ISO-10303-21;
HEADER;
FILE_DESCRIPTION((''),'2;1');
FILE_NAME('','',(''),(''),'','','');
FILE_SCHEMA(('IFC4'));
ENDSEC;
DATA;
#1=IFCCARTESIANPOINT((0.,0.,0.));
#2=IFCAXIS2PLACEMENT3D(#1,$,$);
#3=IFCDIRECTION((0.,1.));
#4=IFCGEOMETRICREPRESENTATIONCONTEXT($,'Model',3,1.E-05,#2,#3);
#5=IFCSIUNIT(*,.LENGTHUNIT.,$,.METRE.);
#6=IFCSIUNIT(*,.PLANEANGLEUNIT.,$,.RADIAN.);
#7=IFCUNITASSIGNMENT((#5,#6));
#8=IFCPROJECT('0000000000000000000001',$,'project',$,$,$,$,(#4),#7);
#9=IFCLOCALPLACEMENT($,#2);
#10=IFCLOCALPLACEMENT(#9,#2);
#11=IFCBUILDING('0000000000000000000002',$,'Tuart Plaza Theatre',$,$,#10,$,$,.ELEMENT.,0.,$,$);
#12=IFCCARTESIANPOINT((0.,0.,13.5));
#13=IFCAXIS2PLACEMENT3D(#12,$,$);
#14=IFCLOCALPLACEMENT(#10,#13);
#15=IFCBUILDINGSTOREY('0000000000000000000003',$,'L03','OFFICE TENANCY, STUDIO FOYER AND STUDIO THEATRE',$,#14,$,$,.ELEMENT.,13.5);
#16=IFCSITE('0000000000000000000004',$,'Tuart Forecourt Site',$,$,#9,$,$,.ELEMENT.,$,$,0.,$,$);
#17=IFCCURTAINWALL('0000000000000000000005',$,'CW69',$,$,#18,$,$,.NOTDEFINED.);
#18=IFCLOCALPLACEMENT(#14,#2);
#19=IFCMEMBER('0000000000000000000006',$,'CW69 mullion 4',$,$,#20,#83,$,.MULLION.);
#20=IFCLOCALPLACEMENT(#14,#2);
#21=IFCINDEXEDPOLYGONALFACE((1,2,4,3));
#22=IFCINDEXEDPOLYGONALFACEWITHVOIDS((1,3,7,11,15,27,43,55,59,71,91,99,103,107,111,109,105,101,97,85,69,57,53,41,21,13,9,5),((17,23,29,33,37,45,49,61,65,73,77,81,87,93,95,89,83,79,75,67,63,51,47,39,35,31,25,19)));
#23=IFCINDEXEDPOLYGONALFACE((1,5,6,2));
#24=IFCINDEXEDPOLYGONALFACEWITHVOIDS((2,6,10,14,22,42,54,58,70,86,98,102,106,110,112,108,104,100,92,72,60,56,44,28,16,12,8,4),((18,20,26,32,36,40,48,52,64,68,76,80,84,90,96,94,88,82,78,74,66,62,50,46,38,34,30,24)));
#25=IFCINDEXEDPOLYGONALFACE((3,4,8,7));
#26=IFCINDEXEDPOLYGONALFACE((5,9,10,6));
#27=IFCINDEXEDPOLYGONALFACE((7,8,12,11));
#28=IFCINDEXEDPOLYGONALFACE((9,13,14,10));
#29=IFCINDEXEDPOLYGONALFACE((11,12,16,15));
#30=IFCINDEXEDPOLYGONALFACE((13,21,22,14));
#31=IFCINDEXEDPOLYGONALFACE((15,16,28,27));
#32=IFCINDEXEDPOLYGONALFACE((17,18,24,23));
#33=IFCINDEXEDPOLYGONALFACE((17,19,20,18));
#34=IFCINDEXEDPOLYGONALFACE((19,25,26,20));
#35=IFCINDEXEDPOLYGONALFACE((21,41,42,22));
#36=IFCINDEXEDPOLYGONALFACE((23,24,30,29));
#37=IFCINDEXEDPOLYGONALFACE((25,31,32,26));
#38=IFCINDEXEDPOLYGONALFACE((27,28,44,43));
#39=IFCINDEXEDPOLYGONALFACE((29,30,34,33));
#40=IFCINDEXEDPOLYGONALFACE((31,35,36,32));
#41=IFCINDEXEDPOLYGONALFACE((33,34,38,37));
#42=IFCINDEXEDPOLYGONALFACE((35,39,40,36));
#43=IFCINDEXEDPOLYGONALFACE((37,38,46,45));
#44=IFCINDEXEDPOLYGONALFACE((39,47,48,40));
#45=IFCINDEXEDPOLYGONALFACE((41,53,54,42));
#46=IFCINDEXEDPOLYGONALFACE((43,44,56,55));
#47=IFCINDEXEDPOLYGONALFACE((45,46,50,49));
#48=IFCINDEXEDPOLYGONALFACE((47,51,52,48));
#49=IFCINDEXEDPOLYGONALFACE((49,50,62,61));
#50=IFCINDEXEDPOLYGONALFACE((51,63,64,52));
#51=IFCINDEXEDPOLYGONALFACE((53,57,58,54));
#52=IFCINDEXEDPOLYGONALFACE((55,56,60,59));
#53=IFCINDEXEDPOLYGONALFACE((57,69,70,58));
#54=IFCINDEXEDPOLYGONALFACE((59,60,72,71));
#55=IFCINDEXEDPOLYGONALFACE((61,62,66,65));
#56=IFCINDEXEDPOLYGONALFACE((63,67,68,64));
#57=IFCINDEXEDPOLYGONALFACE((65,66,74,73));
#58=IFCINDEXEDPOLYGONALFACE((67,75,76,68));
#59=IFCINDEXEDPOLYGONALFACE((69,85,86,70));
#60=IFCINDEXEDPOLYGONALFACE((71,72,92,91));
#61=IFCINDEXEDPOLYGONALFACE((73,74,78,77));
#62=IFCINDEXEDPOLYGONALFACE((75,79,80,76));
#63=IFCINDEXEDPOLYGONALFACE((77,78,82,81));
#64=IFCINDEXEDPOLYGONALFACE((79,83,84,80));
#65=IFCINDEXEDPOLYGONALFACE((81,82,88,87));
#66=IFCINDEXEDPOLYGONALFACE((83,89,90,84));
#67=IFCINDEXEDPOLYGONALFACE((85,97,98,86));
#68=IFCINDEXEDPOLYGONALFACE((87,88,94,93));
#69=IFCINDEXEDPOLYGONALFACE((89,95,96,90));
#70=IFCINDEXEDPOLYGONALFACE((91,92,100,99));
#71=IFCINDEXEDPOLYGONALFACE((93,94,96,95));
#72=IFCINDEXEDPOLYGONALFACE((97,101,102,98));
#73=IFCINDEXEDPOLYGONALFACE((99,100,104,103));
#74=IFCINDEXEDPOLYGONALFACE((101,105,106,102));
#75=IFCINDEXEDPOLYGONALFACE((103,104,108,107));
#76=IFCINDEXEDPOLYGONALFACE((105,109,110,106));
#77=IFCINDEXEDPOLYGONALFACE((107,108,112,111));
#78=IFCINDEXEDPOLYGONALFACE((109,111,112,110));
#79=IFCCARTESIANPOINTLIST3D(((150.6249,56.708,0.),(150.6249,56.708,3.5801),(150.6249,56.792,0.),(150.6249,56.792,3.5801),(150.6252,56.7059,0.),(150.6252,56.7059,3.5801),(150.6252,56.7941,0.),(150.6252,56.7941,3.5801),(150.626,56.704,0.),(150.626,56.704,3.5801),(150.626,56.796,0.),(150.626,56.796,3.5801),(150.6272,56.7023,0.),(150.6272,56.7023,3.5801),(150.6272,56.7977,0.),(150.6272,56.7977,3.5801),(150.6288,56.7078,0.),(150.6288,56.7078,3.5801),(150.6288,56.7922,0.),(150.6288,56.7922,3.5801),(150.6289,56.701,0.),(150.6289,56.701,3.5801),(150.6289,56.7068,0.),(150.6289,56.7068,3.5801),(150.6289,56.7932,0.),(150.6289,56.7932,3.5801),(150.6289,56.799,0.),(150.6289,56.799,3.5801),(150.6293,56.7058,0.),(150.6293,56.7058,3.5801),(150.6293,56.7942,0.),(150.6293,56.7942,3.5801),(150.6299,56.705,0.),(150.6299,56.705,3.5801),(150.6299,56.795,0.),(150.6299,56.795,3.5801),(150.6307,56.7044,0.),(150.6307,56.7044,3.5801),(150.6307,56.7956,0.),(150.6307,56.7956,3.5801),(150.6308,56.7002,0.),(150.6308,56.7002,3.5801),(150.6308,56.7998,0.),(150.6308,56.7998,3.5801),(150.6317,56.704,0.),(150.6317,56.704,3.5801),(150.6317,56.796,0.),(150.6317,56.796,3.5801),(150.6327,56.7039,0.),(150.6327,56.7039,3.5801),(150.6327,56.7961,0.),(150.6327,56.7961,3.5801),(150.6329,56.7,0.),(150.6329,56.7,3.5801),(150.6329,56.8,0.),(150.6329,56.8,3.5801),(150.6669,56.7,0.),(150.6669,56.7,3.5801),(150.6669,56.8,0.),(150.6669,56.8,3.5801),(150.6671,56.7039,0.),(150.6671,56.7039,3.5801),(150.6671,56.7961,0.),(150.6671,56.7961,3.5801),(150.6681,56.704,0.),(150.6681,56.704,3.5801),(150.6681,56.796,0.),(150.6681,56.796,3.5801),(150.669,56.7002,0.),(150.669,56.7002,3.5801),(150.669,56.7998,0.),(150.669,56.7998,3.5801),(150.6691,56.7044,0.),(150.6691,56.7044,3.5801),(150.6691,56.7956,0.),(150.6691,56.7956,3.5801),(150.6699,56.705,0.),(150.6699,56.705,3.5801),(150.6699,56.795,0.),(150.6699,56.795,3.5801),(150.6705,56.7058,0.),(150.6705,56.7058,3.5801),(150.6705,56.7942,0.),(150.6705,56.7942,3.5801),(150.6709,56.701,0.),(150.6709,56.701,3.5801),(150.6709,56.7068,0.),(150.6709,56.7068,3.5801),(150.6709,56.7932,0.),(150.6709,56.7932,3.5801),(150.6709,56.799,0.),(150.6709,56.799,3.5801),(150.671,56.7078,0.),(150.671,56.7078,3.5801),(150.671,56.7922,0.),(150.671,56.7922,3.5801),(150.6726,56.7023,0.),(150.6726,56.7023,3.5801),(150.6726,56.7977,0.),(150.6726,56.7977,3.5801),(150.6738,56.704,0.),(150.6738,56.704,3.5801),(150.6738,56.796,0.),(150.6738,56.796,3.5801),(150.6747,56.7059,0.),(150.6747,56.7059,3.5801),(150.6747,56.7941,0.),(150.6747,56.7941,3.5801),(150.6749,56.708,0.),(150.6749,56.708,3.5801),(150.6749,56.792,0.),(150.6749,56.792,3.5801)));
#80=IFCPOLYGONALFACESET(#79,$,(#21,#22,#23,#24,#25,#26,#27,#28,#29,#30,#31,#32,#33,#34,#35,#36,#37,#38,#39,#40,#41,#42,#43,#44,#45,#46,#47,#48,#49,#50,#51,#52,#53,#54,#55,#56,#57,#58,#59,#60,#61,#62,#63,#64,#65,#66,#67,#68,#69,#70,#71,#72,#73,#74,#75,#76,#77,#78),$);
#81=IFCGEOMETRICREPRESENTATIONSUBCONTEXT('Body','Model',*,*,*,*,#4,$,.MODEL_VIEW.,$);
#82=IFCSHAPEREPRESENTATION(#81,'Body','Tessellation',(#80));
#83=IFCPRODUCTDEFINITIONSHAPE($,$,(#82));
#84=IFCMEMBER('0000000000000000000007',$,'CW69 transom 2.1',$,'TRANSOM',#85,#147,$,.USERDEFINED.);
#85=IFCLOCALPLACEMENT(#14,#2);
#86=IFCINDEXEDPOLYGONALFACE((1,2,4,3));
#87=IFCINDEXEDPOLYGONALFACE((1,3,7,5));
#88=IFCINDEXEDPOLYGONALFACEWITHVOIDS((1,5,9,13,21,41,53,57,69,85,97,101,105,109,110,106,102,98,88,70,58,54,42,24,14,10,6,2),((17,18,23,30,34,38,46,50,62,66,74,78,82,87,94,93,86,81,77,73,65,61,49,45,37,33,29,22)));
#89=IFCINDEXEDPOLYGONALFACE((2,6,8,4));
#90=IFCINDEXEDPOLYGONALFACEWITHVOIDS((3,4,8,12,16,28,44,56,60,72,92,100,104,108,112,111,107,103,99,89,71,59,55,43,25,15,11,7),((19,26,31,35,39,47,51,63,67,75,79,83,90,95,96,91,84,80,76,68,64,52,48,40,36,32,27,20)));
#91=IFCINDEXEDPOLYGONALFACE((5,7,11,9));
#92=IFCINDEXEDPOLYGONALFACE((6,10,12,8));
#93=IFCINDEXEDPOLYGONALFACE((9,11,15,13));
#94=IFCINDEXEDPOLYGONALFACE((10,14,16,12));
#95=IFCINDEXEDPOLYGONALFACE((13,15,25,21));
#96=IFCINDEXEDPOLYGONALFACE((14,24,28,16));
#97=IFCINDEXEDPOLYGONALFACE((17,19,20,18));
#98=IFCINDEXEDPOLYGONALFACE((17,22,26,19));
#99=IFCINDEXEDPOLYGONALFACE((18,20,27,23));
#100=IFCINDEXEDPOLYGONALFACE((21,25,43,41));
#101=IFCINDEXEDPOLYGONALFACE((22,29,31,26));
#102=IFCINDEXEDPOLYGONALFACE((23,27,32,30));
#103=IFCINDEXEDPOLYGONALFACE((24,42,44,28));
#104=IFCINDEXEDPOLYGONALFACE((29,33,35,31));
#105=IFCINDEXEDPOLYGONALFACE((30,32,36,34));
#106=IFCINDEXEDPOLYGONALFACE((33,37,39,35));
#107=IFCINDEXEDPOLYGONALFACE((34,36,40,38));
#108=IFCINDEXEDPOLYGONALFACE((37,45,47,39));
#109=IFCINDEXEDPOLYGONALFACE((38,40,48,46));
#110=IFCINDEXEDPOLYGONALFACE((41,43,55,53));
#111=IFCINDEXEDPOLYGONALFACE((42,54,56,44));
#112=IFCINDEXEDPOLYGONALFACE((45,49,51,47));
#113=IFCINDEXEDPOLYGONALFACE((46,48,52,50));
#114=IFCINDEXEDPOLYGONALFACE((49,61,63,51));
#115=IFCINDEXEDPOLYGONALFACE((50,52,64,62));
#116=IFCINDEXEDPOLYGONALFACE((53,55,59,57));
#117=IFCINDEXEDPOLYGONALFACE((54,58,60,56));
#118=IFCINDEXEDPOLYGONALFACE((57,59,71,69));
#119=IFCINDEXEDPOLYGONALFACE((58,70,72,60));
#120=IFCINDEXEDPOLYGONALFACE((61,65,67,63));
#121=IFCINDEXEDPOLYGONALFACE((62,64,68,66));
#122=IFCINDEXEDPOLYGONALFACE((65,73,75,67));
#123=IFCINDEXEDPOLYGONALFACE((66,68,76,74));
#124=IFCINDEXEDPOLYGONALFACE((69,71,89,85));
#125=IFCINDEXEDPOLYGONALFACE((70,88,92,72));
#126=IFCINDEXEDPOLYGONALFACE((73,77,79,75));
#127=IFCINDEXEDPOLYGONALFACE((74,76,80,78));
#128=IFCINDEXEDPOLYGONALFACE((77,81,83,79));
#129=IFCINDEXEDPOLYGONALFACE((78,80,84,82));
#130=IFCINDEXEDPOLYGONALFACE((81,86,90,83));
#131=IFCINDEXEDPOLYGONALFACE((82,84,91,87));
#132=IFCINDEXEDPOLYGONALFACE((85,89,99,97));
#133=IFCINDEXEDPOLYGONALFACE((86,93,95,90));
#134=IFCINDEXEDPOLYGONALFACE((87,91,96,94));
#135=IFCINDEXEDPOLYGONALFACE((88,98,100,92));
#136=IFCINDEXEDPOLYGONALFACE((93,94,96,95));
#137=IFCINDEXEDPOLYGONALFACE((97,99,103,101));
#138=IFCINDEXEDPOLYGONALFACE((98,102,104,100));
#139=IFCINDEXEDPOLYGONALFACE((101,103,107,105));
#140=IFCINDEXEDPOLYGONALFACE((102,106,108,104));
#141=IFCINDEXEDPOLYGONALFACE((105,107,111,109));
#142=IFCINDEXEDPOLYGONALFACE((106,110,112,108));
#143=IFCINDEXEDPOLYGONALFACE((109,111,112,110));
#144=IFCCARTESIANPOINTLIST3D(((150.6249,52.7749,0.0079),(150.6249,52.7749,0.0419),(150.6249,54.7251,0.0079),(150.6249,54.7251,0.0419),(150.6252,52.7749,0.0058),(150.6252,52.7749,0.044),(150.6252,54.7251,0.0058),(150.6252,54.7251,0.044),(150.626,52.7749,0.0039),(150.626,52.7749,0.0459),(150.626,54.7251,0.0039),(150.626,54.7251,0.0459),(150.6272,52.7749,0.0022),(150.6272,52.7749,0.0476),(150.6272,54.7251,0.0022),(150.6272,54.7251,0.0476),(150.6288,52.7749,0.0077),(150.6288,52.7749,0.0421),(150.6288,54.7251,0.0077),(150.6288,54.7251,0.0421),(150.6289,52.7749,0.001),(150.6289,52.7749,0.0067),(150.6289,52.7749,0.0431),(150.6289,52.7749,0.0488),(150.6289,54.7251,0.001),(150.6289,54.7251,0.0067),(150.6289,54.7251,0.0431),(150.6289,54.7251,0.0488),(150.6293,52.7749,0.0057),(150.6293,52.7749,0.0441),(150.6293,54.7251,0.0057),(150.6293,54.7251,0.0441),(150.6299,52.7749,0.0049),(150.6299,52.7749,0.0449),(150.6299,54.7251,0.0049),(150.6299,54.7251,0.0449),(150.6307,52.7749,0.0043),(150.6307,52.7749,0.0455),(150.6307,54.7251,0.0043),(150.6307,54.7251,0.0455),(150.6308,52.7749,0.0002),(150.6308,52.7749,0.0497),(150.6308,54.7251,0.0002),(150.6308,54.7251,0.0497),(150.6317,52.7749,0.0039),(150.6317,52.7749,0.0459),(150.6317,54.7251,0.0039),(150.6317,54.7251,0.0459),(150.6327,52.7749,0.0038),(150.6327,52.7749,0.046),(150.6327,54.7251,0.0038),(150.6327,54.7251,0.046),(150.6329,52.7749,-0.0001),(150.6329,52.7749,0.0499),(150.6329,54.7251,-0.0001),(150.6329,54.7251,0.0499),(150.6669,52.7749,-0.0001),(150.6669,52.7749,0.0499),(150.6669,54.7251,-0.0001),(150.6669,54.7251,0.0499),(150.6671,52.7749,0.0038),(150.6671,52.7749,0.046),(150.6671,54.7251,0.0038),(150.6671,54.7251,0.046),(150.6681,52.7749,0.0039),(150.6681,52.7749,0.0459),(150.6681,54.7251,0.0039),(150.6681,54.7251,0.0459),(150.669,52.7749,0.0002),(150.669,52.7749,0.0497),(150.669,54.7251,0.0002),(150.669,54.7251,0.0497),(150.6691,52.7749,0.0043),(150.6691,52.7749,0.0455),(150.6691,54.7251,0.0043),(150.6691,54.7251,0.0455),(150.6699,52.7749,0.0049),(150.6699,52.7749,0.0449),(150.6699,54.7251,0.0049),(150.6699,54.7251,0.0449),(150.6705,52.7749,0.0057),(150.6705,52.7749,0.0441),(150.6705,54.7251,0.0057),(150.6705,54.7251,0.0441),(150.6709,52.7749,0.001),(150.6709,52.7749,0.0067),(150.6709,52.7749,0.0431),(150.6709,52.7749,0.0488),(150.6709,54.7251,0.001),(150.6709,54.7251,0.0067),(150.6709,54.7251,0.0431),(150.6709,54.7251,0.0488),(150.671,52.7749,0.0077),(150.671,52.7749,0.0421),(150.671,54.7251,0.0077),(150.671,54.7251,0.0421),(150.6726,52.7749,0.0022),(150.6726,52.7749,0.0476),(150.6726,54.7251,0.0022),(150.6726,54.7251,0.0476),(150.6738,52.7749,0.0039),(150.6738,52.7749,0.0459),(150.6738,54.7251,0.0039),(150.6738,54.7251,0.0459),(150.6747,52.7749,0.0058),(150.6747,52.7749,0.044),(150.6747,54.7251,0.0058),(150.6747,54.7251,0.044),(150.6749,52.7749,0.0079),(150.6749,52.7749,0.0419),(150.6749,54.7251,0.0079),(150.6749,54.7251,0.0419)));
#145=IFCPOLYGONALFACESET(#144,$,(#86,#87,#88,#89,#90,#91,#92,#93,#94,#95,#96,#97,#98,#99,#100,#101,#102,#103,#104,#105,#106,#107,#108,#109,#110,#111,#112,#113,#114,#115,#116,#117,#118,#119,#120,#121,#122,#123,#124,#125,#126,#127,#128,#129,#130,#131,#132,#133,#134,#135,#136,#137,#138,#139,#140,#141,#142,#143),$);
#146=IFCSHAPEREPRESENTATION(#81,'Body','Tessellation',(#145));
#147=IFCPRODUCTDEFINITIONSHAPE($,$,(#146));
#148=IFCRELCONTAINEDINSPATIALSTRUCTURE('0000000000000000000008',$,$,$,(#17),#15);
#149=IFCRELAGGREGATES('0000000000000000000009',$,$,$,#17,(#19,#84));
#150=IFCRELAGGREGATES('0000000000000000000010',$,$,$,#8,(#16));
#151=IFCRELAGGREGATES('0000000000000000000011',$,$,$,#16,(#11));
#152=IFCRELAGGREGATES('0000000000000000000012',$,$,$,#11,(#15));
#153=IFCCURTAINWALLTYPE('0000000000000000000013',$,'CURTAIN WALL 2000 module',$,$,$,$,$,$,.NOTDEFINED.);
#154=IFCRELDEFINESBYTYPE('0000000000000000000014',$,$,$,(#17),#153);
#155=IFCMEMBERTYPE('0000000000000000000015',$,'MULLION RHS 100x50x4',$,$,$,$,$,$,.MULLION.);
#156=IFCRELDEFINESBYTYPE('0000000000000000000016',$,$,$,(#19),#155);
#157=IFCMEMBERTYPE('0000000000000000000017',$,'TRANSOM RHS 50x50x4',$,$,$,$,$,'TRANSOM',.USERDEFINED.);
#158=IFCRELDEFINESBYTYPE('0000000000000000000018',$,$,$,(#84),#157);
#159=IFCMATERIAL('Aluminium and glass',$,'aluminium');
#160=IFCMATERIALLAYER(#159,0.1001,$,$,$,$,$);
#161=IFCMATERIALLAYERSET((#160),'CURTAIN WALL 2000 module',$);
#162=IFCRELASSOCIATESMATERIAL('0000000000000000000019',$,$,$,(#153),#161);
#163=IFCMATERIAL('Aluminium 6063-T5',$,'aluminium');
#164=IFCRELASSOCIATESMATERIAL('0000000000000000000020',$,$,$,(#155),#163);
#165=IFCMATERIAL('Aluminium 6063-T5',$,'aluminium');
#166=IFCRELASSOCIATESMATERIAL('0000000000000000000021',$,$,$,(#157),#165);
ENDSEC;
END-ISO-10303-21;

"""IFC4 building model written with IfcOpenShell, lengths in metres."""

from ifc_helpers import new_model, si_unit, direction, frame, origin, origin_2d, place, context, subcontext, project, spatial, hollow_rectangle, extrude, material, layer, layer_set, material_profile, profile_set, type_object, element, aggregate, save


model = new_model("IFC4")

# Units and contexts
model_context = context("Model", 3, precision=1e-05, world=origin(), true_north=direction((0.0, 1.0)))
body_context = subcontext(model_context, "Body", "Model", "MODEL_VIEW")
ifc_project = project(units=[si_unit("LENGTHUNIT", "METRE"), si_unit("PLANEANGLEUNIT", "RADIAN")], contexts=[model_context])

# Site, building, storey
site_placement = place(None, origin())
site = spatial("IfcSite", under=ifc_project, at=site_placement, Name="Tuart Forecourt Site", CompositionType="ELEMENT", RefElevation=0.0)
building_placement = place(site_placement, origin())
building = spatial("IfcBuilding", under=site, at=building_placement, Name="Tuart Plaza Theatre", CompositionType="ELEMENT", ElevationOfRefHeight=0.0)
storey_placement = place(building_placement, frame((0.0, 0.0, 13.5)))
storey = spatial("IfcBuildingStorey", under=building, at=storey_placement, Name="L03", Description="OFFICE TENANCY, STUDIO FOYER AND STUDIO THEATRE", CompositionType="ELEMENT", Elevation=13.5)

# Curtain wall, members
ifc_material_1 = material(Name="Aluminium and glass", Category="aluminium")
ifc_layer_1 = layer(ifc_material_1, 0.1001)
ifc_layer_set_1 = layer_set([ifc_layer_1], Name="CURTAIN WALL 2000 module")
curtain_wall_type = type_object("IfcCurtainWallType", Name="CURTAIN WALL 2000 module", PredefinedType="NOTDEFINED", material=ifc_layer_set_1)
curtain_wall_placement = place(storey_placement, origin())
curtain_wall = element("IfcCurtainWall", 1, at=curtain_wall_placement, inside=storey, type_object=curtain_wall_type, Name="CW69", PredefinedType="NOTDEFINED")
ifc_material_2 = material(Name="Aluminium 6063-T5", Category="aluminium")
ifc_material_profile_1 = material_profile(ifc_material_2, hollow_rectangle(XDim=0.05, YDim=0.1001, WallThickness=0.0039, InnerFilletRadius=0.0039, OuterFilletRadius=0.0081, at=origin_2d()), Name="RHS 100x50x4")
ifc_profile_set_1 = profile_set([ifc_material_profile_1], Name="Aluminium 6063-T5")
member_type_1 = type_object("IfcMemberType", Name="MULLION RHS 100x50x4", PredefinedType="MULLION", material=ifc_profile_set_1)
member_1_placement = place(storey_placement, frame((150.6499, 56.75, 0.0), z_axis=(0.0, 0.0, 1.0), x_axis=(-1.0, 0.0, 0.0)))
member_1 = element("IfcMember", 2, at=member_1_placement, type_object=member_type_1, Name="CW69 mullion 4", PredefinedType="MULLION", context=body_context, shape_type="SweptSolid", body=[
    extrude(hollow_rectangle(XDim=0.05, YDim=0.1001, WallThickness=0.0039, InnerFilletRadius=0.0039, OuterFilletRadius=0.0081, at=origin_2d()), origin(), (0.0, 0.0, 1.0), 3.5801),
])
ifc_material_3 = material(Name="Aluminium 6063-T5", Category="aluminium")
ifc_material_profile_2 = material_profile(ifc_material_3, hollow_rectangle(XDim=0.05, YDim=0.05, WallThickness=0.0039, InnerFilletRadius=0.0039, OuterFilletRadius=0.0081, at=origin_2d()), Name="RHS 50x50x4")
ifc_profile_set_2 = profile_set([ifc_material_profile_2], Name="Aluminium 6063-T5")
member_type_2 = type_object("IfcMemberType", Name="TRANSOM RHS 50x50x4", ElementType="TRANSOM", PredefinedType="USERDEFINED", material=ifc_profile_set_2)
member_2_placement = place(storey_placement, frame((150.6499, 52.7749, 0.0249), z_axis=(0.0, 1.0, 0.0), x_axis=(-1.0, 0.0, 0.0)))
member_2 = element("IfcMember", 3, at=member_2_placement, type_object=member_type_2, Name="CW69 transom 2.1", ObjectType="TRANSOM", PredefinedType="USERDEFINED", context=body_context, shape_type="SweptSolid", body=[
    extrude(hollow_rectangle(XDim=0.05, YDim=0.05, WallThickness=0.0039, InnerFilletRadius=0.0039, OuterFilletRadius=0.0081, at=origin_2d()), origin(), (0.0, 0.0, 1.0), 1.9502),
])
aggregate(curtain_wall, [member_1, member_2])

save(model, "model.ifc")
